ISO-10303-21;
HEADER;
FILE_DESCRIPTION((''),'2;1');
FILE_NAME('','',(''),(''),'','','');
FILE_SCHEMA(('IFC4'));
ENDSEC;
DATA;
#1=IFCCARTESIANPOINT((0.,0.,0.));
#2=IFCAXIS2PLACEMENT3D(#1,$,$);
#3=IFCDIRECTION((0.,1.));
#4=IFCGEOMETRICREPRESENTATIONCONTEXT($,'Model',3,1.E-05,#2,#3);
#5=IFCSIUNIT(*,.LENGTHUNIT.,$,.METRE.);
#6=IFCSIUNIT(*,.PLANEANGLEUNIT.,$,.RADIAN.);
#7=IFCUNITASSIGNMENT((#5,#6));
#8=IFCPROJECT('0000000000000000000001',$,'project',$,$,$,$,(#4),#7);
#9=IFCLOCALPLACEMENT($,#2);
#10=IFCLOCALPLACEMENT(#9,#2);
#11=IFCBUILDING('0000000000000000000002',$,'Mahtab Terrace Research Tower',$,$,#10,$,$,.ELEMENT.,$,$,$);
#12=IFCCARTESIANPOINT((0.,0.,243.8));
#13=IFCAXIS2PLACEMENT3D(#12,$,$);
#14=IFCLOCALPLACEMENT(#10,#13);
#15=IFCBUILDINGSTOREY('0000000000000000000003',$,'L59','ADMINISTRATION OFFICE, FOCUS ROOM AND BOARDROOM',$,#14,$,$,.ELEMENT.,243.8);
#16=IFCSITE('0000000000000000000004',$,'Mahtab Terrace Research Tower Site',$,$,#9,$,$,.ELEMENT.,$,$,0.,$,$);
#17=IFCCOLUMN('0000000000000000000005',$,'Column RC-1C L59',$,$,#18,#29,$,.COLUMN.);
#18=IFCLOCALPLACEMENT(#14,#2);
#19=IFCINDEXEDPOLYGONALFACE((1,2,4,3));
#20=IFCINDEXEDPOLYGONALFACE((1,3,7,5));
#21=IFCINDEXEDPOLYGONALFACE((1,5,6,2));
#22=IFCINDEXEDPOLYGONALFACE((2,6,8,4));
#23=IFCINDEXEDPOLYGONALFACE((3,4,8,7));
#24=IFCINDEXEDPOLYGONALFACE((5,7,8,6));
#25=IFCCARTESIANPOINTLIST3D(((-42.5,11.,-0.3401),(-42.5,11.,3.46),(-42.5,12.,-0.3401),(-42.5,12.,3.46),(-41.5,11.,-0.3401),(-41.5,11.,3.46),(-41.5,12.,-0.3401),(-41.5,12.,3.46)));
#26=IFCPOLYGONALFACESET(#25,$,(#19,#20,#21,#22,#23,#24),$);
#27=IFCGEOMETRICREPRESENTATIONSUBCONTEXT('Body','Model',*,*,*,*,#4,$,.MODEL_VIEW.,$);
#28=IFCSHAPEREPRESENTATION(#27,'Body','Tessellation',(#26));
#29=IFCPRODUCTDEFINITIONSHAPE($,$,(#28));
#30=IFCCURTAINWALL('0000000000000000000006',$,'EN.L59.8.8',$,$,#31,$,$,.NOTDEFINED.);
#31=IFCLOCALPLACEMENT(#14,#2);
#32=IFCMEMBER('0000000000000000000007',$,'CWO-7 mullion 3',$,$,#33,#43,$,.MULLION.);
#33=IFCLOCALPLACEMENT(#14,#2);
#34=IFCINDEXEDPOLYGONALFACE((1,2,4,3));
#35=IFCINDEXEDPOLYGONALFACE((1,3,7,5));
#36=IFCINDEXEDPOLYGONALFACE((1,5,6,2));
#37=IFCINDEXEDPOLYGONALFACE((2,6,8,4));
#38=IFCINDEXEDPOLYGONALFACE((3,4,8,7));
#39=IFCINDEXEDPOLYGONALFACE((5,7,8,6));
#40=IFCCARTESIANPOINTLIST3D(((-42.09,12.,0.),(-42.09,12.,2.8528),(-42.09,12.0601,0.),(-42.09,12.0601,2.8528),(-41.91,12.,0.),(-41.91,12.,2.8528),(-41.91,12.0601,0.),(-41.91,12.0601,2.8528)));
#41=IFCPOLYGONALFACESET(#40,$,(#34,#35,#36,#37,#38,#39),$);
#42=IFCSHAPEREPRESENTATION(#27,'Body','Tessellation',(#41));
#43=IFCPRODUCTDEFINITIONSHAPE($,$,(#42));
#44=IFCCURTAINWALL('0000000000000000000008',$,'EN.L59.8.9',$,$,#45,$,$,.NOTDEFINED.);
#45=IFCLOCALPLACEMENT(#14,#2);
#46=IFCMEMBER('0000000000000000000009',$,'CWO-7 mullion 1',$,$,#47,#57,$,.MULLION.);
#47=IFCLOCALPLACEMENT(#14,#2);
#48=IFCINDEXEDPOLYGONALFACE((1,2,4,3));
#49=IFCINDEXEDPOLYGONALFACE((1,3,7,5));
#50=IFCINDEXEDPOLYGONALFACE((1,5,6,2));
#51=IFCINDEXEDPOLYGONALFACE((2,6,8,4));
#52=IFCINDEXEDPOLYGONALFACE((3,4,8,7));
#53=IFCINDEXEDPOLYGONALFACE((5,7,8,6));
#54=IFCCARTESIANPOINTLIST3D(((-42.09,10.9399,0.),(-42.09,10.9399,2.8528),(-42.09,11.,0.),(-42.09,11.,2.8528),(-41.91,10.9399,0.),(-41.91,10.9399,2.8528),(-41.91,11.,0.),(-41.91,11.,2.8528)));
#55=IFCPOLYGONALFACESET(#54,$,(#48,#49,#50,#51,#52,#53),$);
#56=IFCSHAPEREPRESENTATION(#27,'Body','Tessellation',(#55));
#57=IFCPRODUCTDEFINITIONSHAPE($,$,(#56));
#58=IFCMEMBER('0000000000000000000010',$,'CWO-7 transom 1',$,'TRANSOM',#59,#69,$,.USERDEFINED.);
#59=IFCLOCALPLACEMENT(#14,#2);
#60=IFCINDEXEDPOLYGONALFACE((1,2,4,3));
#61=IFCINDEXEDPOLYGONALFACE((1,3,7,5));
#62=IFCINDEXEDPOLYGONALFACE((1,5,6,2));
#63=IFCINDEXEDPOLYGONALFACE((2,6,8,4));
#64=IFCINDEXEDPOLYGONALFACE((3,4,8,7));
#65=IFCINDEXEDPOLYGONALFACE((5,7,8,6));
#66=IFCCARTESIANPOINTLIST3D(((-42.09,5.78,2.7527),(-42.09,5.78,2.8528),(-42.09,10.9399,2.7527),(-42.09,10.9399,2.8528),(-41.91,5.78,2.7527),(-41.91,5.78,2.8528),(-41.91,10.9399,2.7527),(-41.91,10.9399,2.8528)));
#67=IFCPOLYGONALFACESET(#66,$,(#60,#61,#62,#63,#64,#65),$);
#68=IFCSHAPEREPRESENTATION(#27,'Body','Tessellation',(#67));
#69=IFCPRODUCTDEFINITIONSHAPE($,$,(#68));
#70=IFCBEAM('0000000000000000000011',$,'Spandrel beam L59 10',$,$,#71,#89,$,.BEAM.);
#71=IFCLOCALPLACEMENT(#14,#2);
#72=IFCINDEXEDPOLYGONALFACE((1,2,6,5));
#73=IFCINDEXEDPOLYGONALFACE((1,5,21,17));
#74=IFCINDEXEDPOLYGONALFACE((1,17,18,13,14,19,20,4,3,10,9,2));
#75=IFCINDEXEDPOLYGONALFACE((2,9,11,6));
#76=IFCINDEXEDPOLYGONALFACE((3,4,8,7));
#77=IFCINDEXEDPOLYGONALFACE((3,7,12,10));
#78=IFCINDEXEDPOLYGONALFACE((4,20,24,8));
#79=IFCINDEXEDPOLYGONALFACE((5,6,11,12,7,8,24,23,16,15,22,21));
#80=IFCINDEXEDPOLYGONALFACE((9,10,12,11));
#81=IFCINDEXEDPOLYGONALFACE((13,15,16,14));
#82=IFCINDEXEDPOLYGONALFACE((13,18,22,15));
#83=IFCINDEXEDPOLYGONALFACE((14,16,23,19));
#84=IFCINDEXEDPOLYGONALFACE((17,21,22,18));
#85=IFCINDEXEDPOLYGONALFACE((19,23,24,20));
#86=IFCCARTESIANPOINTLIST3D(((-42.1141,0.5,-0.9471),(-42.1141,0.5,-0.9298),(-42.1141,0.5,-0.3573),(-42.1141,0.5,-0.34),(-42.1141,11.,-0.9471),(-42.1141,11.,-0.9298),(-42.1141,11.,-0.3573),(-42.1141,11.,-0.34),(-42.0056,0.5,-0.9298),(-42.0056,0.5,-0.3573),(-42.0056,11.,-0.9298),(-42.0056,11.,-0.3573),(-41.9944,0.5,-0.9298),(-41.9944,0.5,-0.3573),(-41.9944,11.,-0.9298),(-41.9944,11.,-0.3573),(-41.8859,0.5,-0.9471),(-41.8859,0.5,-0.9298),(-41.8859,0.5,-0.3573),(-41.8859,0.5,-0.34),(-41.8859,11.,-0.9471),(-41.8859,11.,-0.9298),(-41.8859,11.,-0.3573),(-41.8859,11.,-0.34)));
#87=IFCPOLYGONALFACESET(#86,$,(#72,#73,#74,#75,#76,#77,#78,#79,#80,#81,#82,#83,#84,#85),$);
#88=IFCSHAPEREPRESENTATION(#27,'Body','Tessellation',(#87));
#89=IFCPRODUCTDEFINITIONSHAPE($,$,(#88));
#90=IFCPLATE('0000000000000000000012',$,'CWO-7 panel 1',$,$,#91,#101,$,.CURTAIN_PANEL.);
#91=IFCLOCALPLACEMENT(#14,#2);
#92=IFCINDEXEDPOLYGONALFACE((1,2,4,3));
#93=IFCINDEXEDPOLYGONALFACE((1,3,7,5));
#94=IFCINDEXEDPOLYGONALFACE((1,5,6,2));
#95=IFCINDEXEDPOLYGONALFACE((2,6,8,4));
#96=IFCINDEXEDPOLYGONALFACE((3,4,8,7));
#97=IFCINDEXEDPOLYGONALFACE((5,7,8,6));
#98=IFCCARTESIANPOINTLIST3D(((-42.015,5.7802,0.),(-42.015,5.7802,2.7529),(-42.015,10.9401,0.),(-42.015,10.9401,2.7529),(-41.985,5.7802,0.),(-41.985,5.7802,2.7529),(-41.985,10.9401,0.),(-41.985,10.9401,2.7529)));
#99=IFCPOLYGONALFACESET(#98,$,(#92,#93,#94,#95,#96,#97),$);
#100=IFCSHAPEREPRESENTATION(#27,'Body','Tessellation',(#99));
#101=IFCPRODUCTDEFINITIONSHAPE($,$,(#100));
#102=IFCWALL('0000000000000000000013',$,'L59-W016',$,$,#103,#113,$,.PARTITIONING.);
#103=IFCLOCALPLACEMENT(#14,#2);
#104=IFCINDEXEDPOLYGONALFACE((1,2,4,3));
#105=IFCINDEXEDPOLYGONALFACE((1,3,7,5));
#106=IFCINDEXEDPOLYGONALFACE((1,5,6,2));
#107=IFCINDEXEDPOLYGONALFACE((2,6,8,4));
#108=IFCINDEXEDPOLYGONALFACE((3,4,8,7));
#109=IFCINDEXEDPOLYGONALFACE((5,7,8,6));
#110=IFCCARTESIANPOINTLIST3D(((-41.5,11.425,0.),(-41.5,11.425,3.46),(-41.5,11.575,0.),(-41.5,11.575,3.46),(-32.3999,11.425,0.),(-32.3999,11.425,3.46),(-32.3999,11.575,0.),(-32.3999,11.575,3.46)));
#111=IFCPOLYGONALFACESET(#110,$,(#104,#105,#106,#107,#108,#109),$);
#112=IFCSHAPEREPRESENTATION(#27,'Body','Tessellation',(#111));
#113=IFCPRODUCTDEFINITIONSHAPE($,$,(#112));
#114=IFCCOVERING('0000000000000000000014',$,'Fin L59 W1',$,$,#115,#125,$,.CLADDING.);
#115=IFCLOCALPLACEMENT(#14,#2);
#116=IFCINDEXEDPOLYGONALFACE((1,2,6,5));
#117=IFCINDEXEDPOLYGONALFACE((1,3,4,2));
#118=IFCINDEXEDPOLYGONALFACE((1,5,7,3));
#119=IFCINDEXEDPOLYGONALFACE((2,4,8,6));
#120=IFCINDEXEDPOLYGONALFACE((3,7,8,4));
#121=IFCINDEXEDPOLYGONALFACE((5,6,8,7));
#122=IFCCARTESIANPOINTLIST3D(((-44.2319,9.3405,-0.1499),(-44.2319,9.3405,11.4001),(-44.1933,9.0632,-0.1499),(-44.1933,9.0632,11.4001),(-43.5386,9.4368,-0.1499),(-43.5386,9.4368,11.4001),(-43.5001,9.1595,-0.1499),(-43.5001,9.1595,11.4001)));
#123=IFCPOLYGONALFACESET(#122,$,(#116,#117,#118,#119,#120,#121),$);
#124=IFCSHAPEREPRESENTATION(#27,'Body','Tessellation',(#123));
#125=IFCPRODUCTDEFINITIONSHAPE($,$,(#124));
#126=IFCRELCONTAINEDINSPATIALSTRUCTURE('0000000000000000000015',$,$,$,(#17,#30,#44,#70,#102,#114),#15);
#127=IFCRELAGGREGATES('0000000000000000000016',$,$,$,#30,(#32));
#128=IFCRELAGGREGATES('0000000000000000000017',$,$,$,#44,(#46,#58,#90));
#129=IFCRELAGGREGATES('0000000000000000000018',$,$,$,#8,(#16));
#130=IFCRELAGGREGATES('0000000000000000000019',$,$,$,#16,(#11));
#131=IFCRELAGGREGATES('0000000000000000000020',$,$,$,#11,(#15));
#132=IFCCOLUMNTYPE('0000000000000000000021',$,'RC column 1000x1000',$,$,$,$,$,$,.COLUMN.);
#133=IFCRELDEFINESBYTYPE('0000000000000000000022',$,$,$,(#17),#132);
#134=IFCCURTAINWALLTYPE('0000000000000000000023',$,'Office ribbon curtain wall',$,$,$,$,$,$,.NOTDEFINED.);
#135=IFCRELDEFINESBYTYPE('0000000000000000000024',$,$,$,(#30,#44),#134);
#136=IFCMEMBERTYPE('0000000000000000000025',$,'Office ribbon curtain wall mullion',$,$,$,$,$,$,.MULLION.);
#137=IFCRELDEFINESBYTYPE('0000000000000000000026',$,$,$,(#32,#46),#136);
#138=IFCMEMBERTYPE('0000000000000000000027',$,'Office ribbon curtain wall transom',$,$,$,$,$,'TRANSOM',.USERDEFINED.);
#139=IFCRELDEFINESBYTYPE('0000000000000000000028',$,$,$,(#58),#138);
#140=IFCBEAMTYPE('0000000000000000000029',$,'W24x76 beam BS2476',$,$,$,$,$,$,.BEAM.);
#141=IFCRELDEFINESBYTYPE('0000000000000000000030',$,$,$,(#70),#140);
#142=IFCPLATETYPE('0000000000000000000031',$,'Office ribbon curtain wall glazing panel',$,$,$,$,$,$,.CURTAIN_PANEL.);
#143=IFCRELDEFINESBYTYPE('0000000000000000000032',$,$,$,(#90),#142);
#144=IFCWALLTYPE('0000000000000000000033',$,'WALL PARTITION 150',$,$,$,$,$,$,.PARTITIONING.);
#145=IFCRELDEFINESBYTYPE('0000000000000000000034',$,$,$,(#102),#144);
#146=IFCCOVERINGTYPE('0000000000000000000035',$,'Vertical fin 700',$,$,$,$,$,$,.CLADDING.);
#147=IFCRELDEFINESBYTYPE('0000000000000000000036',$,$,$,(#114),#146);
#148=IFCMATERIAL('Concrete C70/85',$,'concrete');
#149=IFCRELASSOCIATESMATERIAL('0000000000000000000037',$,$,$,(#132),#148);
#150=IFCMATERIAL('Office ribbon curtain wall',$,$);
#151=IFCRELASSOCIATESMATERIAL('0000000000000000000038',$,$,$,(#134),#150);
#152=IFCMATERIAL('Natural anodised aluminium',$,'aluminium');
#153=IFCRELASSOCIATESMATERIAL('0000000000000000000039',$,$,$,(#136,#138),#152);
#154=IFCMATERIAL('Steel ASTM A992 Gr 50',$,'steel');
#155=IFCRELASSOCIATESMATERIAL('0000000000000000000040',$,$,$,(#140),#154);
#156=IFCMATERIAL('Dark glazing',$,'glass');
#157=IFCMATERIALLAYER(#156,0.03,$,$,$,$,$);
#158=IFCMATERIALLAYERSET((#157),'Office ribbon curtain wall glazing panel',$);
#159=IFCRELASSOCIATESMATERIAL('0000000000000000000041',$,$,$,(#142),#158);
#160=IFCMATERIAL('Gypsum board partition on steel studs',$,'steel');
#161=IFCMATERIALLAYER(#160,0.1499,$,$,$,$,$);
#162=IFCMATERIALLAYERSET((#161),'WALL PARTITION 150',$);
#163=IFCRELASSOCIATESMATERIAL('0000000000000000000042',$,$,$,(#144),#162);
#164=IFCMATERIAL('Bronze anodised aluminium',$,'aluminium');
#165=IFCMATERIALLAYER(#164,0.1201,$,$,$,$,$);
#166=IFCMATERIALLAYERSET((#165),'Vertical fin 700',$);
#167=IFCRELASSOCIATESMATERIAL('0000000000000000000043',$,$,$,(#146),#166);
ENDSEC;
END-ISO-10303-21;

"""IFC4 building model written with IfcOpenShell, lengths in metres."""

from ifc_helpers import new_model, si_unit, direction, frame, frame_2d, origin, origin_2d, place, context, subcontext, project, spatial, rectangle, i_section, extrude, material, layer, layer_set, material_profile, profile_set, type_object, element, aggregate, save


model = new_model("IFC4")

# Units and contexts
model_context = context("Model", 3, precision=1e-05, world=origin(), true_north=direction((0.0, 1.0)))
body_context = subcontext(model_context, "Body", "Model", "MODEL_VIEW")
ifc_project = project(units=[si_unit("LENGTHUNIT", "METRE"), si_unit("PLANEANGLEUNIT", "RADIAN")], contexts=[model_context])

# Site, building, storey
site_placement = place(None, origin())
site = spatial("IfcSite", under=ifc_project, at=site_placement, Name="Mahtab Terrace Research Tower Site", CompositionType="ELEMENT", RefElevation=0.0)
building_placement = place(site_placement, origin())
building = spatial("IfcBuilding", under=site, at=building_placement, Name="Mahtab Terrace Research Tower", CompositionType="ELEMENT")
storey_placement = place(building_placement, frame((0.0, 0.0, 243.8)))
storey = spatial("IfcBuildingStorey", under=building, at=storey_placement, Name="L59", Description="ADMINISTRATION OFFICE, FOCUS ROOM AND BOARDROOM", CompositionType="ELEMENT", Elevation=243.8)

# Column
ifc_material_1 = material(Name="Concrete C70/85", Category="concrete")
ifc_material_profile_1 = material_profile(ifc_material_1, rectangle(XDim=1.0, YDim=1.0, at=origin_2d()), Name="RC column 1000x1000")
ifc_profile_set_1 = profile_set([ifc_material_profile_1], Name="Concrete C70/85")
column_type = type_object("IfcColumnType", Name="RC column 1000x1000", PredefinedType="COLUMN", material=ifc_profile_set_1)
column_placement = place(storey_placement, frame((-42.0, 11.5, -0.3401), z_axis=(0.0, 0.0, 1.0), x_axis=(1.0, 0.0, 0.0)))
element("IfcColumn", 1, at=column_placement, inside=storey, type_object=column_type, Name="Column RC-1C L59", PredefinedType="COLUMN", context=body_context, shape_type="SweptSolid", body=[
    extrude(rectangle(XDim=1.0, YDim=1.0, at=origin_2d()), origin(), (0.0, 0.0, 1.0), 3.8),
])

# Curtain wall, member
ifc_material_2 = material(Name="Office ribbon curtain wall")
curtain_wall_type = type_object("IfcCurtainWallType", Name="Office ribbon curtain wall", PredefinedType="NOTDEFINED", material=ifc_material_2)
curtain_wall_1_placement = place(storey_placement, origin())
curtain_wall_1 = element("IfcCurtainWall", 2, at=curtain_wall_1_placement, inside=storey, type_object=curtain_wall_type, Name="EN.L59.8.8", PredefinedType="NOTDEFINED")
ifc_material_3 = material(Name="Natural anodised aluminium", Category="aluminium")
ifc_material_profile_2 = material_profile(ifc_material_3, rectangle(XDim=0.1799, YDim=0.0601, at=origin_2d()), Name="MULLION 60x180")
ifc_profile_set_2 = profile_set([ifc_material_profile_2], Name="Natural anodised aluminium")
member_type_1 = type_object("IfcMemberType", Name="Office ribbon curtain wall mullion", PredefinedType="MULLION", material=ifc_profile_set_2)
member_1_placement = place(storey_placement, frame((-42.0, 12.03, 0.0), z_axis=(0.0, 0.0, 1.0), x_axis=(1.0, 0.0, 0.0)))
member_1 = element("IfcMember", 3, at=member_1_placement, type_object=member_type_1, Name="CWO-7 mullion 3", PredefinedType="MULLION", context=body_context, shape_type="SweptSolid", body=[
    extrude(rectangle(XDim=0.1799, YDim=0.0601, at=origin_2d()), origin(), (0.0, 0.0, 1.0), 2.8528),
])
aggregate(curtain_wall_1, [member_1])

# Curtain wall, members
curtain_wall_2_placement = place(storey_placement, origin())
curtain_wall_2 = element("IfcCurtainWall", 4, at=curtain_wall_2_placement, inside=storey, type_object=curtain_wall_type, Name="EN.L59.8.9", PredefinedType="NOTDEFINED")
member_2_placement = place(storey_placement, frame((-42.0, 10.97, 0.0), z_axis=(0.0, 0.0, 1.0), x_axis=(1.0, 0.0, 0.0)))
member_2 = element("IfcMember", 5, at=member_2_placement, type_object=member_type_1, Name="CWO-7 mullion 1", PredefinedType="MULLION", context=body_context, shape_type="SweptSolid", body=[
    extrude(rectangle(XDim=0.1799, YDim=0.0601, at=origin_2d()), origin(), (0.0, 0.0, 1.0), 2.8528),
])
ifc_material_profile_3 = material_profile(ifc_material_3, rectangle(XDim=0.1799, YDim=0.1001, at=origin_2d()), Name="TRANSOM 100x180")
ifc_profile_set_3 = profile_set([ifc_material_profile_3], Name="Natural anodised aluminium")
member_type_2 = type_object("IfcMemberType", Name="Office ribbon curtain wall transom", ElementType="TRANSOM", PredefinedType="USERDEFINED", material=ifc_profile_set_3)
member_3_placement = place(storey_placement, frame((-42.0, 10.9399, 2.8027), z_axis=(0.0, -1.0, 0.0), x_axis=(1.0, 0.0, 0.0)))
member_3 = element("IfcMember", 6, at=member_3_placement, type_object=member_type_2, Name="CWO-7 transom 1", ObjectType="TRANSOM", PredefinedType="USERDEFINED", context=body_context, shape_type="SweptSolid", body=[
    extrude(rectangle(XDim=0.1799, YDim=0.1001, at=origin_2d()), origin(), (0.0, 0.0, 1.0), 5.1599),
])

# Beam
ifc_material_4 = material(Name="Steel ASTM A992 Gr 50", Category="steel")
ifc_material_profile_4 = material_profile(ifc_material_4, i_section(OverallWidth=0.2283, OverallDepth=0.6072, WebThickness=0.0112, FlangeThickness=0.0173, at=origin_2d()), Name="W24X76")
ifc_profile_set_4 = profile_set([ifc_material_profile_4], Name="Steel ASTM A992 Gr 50")
beam_type = type_object("IfcBeamType", Name="W24x76 beam BS2476", PredefinedType="BEAM", material=ifc_profile_set_4)
beam_placement = place(storey_placement, frame((-42.0, 11.0, -0.6436), z_axis=(0.0, -1.0, 0.0), x_axis=(1.0, 0.0, 0.0)))
element("IfcBeam", 7, at=beam_placement, inside=storey, type_object=beam_type, Name="Spandrel beam L59 10", PredefinedType="BEAM", context=body_context, shape_type="SweptSolid", body=[
    extrude(i_section(OverallWidth=0.2283, OverallDepth=0.6072, WebThickness=0.0112, FlangeThickness=0.0173, at=origin_2d()), origin(), (0.0, 0.0, 1.0), 10.5),
])

# Plate
ifc_material_5 = material(Name="Dark glazing", Category="glass")
ifc_layer_1 = layer(ifc_material_5, 0.03)
ifc_layer_set_1 = layer_set([ifc_layer_1], Name="Office ribbon curtain wall glazing panel")
plate_type = type_object("IfcPlateType", Name="Office ribbon curtain wall glazing panel", PredefinedType="CURTAIN_PANEL", material=ifc_layer_set_1)
plate_placement = place(storey_placement, frame((-42.0, 8.3601, 0.0), z_axis=(0.0, 0.0, 1.0), x_axis=(0.0, -1.0, 0.0)))
plate = element("IfcPlate", 8, at=plate_placement, type_object=plate_type, Name="CWO-7 panel 1", PredefinedType="CURTAIN_PANEL", context=body_context, shape_type="SweptSolid", body=[
    extrude(rectangle(XDim=5.1599, YDim=0.03, at=origin_2d()), origin(), (0.0, 0.0, 1.0), 2.7529),
])
aggregate(curtain_wall_2, [member_2, member_3, plate])

# Wall
ifc_material_6 = material(Name="Gypsum board partition on steel studs", Category="steel")
ifc_layer_2 = layer(ifc_material_6, 0.1499)
ifc_layer_set_2 = layer_set([ifc_layer_2], Name="WALL PARTITION 150")
wall_type = type_object("IfcWallType", Name="WALL PARTITION 150", PredefinedType="PARTITIONING", material=ifc_layer_set_2)
wall_placement = place(storey_placement, frame((-41.5, 11.5, 0.0), z_axis=(0.0, 0.0, 1.0), x_axis=(1.0, 0.0, 0.0)))
element("IfcWall", 9, at=wall_placement, inside=storey, type_object=wall_type, Name="L59-W016", PredefinedType="PARTITIONING", context=body_context, shape_type="SweptSolid", body=[
    extrude(rectangle(XDim=9.1001, YDim=0.1499, at=frame_2d((4.55, 0.0))), origin(), (0.0, 0.0, 1.0), 3.46),
])

# Covering
ifc_material_7 = material(Name="Bronze anodised aluminium", Category="aluminium")
ifc_layer_3 = layer(ifc_material_7, 0.1201)
ifc_layer_set_3 = layer_set([ifc_layer_3], Name="Vertical fin 700")
covering_type = type_object("IfcCoveringType", Name="Vertical fin 700", PredefinedType="CLADDING", material=ifc_layer_set_3)
covering_placement = place(storey_placement, frame((-43.866, 9.25, -0.1499), z_axis=(0.0, 0.0, 1.0), x_axis=(0.137631, -0.990484, 0.0)))
element("IfcCovering", 10, at=covering_placement, inside=storey, type_object=covering_type, Name="Fin L59 W1", PredefinedType="CLADDING", context=body_context, shape_type="SweptSolid", body=[
    extrude(rectangle(XDim=0.28, YDim=0.7, at=origin_2d()), origin(), (0.0, 0.0, 1.0), 11.55),
])

save(model, "model.ifc")
